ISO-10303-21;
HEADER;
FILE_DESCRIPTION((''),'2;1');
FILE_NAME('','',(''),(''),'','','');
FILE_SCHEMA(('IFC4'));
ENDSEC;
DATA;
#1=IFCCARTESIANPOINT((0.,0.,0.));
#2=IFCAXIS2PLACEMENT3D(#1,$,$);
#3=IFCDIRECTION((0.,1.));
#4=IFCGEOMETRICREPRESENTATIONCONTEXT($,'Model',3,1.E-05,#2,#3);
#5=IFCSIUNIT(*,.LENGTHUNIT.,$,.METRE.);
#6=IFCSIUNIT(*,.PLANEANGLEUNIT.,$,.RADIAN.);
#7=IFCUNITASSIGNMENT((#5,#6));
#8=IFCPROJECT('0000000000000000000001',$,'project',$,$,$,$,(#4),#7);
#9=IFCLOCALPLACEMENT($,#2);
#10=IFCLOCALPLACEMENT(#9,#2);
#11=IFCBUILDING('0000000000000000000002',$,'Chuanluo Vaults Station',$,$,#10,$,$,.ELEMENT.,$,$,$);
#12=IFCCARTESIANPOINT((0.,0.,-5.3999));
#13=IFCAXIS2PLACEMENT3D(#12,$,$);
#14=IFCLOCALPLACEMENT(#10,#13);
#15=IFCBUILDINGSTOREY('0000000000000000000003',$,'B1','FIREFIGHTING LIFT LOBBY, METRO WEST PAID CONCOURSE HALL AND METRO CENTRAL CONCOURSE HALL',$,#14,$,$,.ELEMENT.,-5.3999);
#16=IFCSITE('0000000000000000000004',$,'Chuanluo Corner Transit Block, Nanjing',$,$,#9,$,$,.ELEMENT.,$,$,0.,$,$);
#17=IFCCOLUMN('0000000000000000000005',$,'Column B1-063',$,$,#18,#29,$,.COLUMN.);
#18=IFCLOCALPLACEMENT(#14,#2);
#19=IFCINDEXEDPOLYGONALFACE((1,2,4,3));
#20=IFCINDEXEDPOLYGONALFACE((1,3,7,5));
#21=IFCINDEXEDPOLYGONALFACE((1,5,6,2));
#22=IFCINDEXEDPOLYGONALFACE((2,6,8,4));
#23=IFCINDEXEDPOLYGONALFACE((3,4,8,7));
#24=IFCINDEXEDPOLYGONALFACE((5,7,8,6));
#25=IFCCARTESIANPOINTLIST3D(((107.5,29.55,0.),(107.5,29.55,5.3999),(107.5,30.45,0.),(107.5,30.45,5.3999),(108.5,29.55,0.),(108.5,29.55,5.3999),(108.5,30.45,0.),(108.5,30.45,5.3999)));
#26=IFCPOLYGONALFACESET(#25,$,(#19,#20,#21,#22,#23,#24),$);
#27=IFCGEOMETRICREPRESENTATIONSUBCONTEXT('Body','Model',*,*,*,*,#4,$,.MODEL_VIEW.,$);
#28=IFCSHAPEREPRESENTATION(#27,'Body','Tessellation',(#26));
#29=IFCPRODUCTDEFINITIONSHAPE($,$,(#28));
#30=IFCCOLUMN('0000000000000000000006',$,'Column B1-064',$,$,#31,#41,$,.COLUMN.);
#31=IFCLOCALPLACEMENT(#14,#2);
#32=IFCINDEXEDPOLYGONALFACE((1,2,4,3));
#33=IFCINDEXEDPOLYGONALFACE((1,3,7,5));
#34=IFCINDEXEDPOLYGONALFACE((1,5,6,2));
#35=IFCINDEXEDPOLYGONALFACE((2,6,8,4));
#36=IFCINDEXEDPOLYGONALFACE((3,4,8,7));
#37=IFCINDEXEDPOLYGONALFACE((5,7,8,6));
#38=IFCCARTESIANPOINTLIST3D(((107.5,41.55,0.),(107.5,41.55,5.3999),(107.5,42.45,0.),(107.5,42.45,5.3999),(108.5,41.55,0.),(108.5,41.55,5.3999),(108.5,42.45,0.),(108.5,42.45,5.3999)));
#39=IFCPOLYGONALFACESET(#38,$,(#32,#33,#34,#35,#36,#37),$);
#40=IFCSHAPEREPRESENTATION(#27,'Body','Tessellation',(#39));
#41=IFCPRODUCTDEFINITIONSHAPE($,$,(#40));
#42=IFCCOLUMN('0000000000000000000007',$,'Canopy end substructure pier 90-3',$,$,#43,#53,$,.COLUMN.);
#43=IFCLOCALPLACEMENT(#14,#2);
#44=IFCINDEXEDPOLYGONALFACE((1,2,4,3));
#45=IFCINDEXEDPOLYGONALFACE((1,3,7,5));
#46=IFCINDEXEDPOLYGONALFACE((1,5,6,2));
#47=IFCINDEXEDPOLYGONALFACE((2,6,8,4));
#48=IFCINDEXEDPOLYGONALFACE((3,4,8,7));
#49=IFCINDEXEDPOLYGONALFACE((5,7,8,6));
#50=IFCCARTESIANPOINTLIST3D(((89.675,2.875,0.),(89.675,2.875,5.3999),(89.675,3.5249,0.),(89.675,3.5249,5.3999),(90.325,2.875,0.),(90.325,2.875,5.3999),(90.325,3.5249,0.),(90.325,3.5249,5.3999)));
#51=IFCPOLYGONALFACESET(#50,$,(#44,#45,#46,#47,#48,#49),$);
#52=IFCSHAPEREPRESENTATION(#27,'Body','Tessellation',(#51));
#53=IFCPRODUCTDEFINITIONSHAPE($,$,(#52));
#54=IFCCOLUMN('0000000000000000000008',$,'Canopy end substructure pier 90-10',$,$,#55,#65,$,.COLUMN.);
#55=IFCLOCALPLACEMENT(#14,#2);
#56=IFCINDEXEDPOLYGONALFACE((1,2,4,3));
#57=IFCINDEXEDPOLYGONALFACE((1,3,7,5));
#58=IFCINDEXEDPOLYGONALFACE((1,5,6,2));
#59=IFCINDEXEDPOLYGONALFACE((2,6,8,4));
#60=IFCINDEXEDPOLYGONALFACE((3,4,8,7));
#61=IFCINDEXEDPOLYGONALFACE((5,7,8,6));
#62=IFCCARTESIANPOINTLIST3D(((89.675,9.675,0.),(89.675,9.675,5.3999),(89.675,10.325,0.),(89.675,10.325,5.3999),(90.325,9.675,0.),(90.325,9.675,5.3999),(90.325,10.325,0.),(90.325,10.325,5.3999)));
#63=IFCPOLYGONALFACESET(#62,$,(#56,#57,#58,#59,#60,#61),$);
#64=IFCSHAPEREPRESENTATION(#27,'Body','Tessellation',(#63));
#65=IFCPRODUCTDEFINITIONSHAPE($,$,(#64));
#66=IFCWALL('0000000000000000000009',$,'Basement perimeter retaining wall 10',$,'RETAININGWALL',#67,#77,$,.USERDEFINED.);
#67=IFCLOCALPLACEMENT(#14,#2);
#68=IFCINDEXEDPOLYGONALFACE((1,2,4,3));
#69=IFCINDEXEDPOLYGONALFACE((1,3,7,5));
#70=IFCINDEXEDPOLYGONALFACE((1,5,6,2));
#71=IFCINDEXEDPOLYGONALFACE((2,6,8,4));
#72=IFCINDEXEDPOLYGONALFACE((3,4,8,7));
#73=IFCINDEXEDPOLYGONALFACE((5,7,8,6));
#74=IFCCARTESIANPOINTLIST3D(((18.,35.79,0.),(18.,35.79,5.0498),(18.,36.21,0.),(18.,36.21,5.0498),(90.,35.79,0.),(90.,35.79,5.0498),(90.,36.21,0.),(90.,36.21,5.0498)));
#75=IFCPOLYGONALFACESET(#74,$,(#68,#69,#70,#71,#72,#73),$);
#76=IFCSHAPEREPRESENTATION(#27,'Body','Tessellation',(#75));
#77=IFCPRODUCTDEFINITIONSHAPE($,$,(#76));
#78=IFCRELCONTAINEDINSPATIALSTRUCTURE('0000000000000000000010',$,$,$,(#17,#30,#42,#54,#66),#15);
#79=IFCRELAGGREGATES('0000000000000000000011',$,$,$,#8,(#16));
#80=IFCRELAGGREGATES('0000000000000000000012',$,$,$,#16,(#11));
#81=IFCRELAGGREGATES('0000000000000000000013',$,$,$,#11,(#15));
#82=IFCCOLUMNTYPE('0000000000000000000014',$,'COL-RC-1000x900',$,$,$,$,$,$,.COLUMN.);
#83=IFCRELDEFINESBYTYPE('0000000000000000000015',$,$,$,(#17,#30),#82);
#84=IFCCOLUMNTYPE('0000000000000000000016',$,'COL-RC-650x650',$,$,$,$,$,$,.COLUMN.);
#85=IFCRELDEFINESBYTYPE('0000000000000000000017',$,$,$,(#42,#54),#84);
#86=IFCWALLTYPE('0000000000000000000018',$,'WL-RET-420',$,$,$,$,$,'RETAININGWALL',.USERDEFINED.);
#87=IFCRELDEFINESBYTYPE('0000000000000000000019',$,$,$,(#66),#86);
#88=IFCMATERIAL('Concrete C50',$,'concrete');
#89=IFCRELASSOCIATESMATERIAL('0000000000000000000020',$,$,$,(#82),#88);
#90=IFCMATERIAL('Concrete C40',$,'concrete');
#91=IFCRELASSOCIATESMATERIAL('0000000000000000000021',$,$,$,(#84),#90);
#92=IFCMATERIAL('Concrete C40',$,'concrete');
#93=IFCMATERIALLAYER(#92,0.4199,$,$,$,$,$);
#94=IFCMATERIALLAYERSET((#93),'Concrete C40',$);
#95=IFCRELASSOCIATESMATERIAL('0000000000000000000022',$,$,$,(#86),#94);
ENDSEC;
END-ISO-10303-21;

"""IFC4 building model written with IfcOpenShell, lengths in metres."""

from ifc_helpers import new_model, si_unit, direction, frame, frame_2d, origin, origin_2d, place, context, subcontext, project, spatial, rectangle, extrude, material, layer, layer_set, material_profile, profile_set, type_object, element, save


model = new_model("IFC4")

# Units and contexts
model_context = context("Model", 3, precision=1e-05, world=origin(), true_north=direction((0.0, 1.0)))
body_context = subcontext(model_context, "Body", "Model", "MODEL_VIEW")
ifc_project = project(units=[si_unit("LENGTHUNIT", "METRE"), si_unit("PLANEANGLEUNIT", "RADIAN")], contexts=[model_context])

# Site, building, storey
site_placement = place(None, origin())
site = spatial("IfcSite", under=ifc_project, at=site_placement, Name="Chuanluo Corner Transit Block, Nanjing", CompositionType="ELEMENT", RefElevation=0.0)
building_placement = place(site_placement, origin())
building = spatial("IfcBuilding", under=site, at=building_placement, Name="Chuanluo Vaults Station", CompositionType="ELEMENT")
storey_placement = place(building_placement, frame((0.0, 0.0, -5.3999)))
storey = spatial("IfcBuildingStorey", under=building, at=storey_placement, Name="B1", Description="FIREFIGHTING LIFT LOBBY, METRO WEST PAID CONCOURSE HALL AND METRO CENTRAL CONCOURSE HALL", CompositionType="ELEMENT", Elevation=-5.3999)

# Columns
ifc_material_1 = material(Name="Concrete C50", Category="concrete")
ifc_material_profile_1 = material_profile(ifc_material_1, rectangle(XDim=1.0, YDim=0.8999, at=origin_2d()))
ifc_profile_set_1 = profile_set([ifc_material_profile_1], Name="Concrete C50")
column_type_1 = type_object("IfcColumnType", Name="COL-RC-1000x900", PredefinedType="COLUMN", material=ifc_profile_set_1)
for number, where, z_axis, x_axis, name in (
    (1, (108.0, 30.0, 0.0), (0.0, 0.0, 1.0), (1.0, 0.0, 0.0), "Column B1-063"),
    (2, (108.0, 42.0, 0.0), (0.0, 0.0, 1.0), (1.0, 0.0, 0.0), "Column B1-064"),
):
    element("IfcColumn", number, at=place(storey_placement, frame(where, z_axis=z_axis, x_axis=x_axis)), inside=storey, type_object=column_type_1, Name=name, PredefinedType="COLUMN", context=body_context, shape_type="SweptSolid", body=[
        extrude(rectangle(XDim=1.0, YDim=0.8999, at=origin_2d()), origin(), (0.0, 0.0, 1.0), 5.3999),
    ])
ifc_material_2 = material(Name="Concrete C40", Category="concrete")
ifc_material_profile_2 = material_profile(ifc_material_2, rectangle(XDim=0.6499, YDim=0.6499, at=origin_2d()))
ifc_profile_set_2 = profile_set([ifc_material_profile_2], Name="Concrete C40")
column_type_2 = type_object("IfcColumnType", Name="COL-RC-650x650", PredefinedType="COLUMN", material=ifc_profile_set_2)
for number, where, z_axis, x_axis, name in (
    (3, (90.0, 3.2, 0.0), (0.0, 0.0, 1.0), (1.0, 0.0, 0.0), "Canopy end substructure pier 90-3"),
    (4, (90.0, 10.0, 0.0), (0.0, 0.0, 1.0), (1.0, 0.0, 0.0), "Canopy end substructure pier 90-10"),
):
    element("IfcColumn", number, at=place(storey_placement, frame(where, z_axis=z_axis, x_axis=x_axis)), inside=storey, type_object=column_type_2, Name=name, PredefinedType="COLUMN", context=body_context, shape_type="SweptSolid", body=[
        extrude(rectangle(XDim=0.6499, YDim=0.6499, at=origin_2d()), origin(), (0.0, 0.0, 1.0), 5.3999),
    ])

# Wall
ifc_material_3 = material(Name="Concrete C40", Category="concrete")
ifc_layer = layer(ifc_material_3, 0.4199)
ifc_layer_set = layer_set([ifc_layer], Name="Concrete C40")
wall_type = type_object("IfcWallType", Name="WL-RET-420", ElementType="RETAININGWALL", PredefinedType="USERDEFINED", material=ifc_layer_set)
wall_placement = place(storey_placement, frame((90.0, 36.0, 0.0), z_axis=(0.0, 0.0, 1.0), x_axis=(-1.0, 0.0, 0.0)))
element("IfcWall", 5, at=wall_placement, inside=storey, type_object=wall_type, Name="Basement perimeter retaining wall 10", ObjectType="RETAININGWALL", PredefinedType="USERDEFINED", context=body_context, shape_type="SweptSolid", body=[
    extrude(rectangle(XDim=72.0, YDim=0.4199, at=frame_2d((36.0, 0.0))), origin(), (0.0, 0.0, 1.0), 5.0498),
])

save(model, "model.ifc")
